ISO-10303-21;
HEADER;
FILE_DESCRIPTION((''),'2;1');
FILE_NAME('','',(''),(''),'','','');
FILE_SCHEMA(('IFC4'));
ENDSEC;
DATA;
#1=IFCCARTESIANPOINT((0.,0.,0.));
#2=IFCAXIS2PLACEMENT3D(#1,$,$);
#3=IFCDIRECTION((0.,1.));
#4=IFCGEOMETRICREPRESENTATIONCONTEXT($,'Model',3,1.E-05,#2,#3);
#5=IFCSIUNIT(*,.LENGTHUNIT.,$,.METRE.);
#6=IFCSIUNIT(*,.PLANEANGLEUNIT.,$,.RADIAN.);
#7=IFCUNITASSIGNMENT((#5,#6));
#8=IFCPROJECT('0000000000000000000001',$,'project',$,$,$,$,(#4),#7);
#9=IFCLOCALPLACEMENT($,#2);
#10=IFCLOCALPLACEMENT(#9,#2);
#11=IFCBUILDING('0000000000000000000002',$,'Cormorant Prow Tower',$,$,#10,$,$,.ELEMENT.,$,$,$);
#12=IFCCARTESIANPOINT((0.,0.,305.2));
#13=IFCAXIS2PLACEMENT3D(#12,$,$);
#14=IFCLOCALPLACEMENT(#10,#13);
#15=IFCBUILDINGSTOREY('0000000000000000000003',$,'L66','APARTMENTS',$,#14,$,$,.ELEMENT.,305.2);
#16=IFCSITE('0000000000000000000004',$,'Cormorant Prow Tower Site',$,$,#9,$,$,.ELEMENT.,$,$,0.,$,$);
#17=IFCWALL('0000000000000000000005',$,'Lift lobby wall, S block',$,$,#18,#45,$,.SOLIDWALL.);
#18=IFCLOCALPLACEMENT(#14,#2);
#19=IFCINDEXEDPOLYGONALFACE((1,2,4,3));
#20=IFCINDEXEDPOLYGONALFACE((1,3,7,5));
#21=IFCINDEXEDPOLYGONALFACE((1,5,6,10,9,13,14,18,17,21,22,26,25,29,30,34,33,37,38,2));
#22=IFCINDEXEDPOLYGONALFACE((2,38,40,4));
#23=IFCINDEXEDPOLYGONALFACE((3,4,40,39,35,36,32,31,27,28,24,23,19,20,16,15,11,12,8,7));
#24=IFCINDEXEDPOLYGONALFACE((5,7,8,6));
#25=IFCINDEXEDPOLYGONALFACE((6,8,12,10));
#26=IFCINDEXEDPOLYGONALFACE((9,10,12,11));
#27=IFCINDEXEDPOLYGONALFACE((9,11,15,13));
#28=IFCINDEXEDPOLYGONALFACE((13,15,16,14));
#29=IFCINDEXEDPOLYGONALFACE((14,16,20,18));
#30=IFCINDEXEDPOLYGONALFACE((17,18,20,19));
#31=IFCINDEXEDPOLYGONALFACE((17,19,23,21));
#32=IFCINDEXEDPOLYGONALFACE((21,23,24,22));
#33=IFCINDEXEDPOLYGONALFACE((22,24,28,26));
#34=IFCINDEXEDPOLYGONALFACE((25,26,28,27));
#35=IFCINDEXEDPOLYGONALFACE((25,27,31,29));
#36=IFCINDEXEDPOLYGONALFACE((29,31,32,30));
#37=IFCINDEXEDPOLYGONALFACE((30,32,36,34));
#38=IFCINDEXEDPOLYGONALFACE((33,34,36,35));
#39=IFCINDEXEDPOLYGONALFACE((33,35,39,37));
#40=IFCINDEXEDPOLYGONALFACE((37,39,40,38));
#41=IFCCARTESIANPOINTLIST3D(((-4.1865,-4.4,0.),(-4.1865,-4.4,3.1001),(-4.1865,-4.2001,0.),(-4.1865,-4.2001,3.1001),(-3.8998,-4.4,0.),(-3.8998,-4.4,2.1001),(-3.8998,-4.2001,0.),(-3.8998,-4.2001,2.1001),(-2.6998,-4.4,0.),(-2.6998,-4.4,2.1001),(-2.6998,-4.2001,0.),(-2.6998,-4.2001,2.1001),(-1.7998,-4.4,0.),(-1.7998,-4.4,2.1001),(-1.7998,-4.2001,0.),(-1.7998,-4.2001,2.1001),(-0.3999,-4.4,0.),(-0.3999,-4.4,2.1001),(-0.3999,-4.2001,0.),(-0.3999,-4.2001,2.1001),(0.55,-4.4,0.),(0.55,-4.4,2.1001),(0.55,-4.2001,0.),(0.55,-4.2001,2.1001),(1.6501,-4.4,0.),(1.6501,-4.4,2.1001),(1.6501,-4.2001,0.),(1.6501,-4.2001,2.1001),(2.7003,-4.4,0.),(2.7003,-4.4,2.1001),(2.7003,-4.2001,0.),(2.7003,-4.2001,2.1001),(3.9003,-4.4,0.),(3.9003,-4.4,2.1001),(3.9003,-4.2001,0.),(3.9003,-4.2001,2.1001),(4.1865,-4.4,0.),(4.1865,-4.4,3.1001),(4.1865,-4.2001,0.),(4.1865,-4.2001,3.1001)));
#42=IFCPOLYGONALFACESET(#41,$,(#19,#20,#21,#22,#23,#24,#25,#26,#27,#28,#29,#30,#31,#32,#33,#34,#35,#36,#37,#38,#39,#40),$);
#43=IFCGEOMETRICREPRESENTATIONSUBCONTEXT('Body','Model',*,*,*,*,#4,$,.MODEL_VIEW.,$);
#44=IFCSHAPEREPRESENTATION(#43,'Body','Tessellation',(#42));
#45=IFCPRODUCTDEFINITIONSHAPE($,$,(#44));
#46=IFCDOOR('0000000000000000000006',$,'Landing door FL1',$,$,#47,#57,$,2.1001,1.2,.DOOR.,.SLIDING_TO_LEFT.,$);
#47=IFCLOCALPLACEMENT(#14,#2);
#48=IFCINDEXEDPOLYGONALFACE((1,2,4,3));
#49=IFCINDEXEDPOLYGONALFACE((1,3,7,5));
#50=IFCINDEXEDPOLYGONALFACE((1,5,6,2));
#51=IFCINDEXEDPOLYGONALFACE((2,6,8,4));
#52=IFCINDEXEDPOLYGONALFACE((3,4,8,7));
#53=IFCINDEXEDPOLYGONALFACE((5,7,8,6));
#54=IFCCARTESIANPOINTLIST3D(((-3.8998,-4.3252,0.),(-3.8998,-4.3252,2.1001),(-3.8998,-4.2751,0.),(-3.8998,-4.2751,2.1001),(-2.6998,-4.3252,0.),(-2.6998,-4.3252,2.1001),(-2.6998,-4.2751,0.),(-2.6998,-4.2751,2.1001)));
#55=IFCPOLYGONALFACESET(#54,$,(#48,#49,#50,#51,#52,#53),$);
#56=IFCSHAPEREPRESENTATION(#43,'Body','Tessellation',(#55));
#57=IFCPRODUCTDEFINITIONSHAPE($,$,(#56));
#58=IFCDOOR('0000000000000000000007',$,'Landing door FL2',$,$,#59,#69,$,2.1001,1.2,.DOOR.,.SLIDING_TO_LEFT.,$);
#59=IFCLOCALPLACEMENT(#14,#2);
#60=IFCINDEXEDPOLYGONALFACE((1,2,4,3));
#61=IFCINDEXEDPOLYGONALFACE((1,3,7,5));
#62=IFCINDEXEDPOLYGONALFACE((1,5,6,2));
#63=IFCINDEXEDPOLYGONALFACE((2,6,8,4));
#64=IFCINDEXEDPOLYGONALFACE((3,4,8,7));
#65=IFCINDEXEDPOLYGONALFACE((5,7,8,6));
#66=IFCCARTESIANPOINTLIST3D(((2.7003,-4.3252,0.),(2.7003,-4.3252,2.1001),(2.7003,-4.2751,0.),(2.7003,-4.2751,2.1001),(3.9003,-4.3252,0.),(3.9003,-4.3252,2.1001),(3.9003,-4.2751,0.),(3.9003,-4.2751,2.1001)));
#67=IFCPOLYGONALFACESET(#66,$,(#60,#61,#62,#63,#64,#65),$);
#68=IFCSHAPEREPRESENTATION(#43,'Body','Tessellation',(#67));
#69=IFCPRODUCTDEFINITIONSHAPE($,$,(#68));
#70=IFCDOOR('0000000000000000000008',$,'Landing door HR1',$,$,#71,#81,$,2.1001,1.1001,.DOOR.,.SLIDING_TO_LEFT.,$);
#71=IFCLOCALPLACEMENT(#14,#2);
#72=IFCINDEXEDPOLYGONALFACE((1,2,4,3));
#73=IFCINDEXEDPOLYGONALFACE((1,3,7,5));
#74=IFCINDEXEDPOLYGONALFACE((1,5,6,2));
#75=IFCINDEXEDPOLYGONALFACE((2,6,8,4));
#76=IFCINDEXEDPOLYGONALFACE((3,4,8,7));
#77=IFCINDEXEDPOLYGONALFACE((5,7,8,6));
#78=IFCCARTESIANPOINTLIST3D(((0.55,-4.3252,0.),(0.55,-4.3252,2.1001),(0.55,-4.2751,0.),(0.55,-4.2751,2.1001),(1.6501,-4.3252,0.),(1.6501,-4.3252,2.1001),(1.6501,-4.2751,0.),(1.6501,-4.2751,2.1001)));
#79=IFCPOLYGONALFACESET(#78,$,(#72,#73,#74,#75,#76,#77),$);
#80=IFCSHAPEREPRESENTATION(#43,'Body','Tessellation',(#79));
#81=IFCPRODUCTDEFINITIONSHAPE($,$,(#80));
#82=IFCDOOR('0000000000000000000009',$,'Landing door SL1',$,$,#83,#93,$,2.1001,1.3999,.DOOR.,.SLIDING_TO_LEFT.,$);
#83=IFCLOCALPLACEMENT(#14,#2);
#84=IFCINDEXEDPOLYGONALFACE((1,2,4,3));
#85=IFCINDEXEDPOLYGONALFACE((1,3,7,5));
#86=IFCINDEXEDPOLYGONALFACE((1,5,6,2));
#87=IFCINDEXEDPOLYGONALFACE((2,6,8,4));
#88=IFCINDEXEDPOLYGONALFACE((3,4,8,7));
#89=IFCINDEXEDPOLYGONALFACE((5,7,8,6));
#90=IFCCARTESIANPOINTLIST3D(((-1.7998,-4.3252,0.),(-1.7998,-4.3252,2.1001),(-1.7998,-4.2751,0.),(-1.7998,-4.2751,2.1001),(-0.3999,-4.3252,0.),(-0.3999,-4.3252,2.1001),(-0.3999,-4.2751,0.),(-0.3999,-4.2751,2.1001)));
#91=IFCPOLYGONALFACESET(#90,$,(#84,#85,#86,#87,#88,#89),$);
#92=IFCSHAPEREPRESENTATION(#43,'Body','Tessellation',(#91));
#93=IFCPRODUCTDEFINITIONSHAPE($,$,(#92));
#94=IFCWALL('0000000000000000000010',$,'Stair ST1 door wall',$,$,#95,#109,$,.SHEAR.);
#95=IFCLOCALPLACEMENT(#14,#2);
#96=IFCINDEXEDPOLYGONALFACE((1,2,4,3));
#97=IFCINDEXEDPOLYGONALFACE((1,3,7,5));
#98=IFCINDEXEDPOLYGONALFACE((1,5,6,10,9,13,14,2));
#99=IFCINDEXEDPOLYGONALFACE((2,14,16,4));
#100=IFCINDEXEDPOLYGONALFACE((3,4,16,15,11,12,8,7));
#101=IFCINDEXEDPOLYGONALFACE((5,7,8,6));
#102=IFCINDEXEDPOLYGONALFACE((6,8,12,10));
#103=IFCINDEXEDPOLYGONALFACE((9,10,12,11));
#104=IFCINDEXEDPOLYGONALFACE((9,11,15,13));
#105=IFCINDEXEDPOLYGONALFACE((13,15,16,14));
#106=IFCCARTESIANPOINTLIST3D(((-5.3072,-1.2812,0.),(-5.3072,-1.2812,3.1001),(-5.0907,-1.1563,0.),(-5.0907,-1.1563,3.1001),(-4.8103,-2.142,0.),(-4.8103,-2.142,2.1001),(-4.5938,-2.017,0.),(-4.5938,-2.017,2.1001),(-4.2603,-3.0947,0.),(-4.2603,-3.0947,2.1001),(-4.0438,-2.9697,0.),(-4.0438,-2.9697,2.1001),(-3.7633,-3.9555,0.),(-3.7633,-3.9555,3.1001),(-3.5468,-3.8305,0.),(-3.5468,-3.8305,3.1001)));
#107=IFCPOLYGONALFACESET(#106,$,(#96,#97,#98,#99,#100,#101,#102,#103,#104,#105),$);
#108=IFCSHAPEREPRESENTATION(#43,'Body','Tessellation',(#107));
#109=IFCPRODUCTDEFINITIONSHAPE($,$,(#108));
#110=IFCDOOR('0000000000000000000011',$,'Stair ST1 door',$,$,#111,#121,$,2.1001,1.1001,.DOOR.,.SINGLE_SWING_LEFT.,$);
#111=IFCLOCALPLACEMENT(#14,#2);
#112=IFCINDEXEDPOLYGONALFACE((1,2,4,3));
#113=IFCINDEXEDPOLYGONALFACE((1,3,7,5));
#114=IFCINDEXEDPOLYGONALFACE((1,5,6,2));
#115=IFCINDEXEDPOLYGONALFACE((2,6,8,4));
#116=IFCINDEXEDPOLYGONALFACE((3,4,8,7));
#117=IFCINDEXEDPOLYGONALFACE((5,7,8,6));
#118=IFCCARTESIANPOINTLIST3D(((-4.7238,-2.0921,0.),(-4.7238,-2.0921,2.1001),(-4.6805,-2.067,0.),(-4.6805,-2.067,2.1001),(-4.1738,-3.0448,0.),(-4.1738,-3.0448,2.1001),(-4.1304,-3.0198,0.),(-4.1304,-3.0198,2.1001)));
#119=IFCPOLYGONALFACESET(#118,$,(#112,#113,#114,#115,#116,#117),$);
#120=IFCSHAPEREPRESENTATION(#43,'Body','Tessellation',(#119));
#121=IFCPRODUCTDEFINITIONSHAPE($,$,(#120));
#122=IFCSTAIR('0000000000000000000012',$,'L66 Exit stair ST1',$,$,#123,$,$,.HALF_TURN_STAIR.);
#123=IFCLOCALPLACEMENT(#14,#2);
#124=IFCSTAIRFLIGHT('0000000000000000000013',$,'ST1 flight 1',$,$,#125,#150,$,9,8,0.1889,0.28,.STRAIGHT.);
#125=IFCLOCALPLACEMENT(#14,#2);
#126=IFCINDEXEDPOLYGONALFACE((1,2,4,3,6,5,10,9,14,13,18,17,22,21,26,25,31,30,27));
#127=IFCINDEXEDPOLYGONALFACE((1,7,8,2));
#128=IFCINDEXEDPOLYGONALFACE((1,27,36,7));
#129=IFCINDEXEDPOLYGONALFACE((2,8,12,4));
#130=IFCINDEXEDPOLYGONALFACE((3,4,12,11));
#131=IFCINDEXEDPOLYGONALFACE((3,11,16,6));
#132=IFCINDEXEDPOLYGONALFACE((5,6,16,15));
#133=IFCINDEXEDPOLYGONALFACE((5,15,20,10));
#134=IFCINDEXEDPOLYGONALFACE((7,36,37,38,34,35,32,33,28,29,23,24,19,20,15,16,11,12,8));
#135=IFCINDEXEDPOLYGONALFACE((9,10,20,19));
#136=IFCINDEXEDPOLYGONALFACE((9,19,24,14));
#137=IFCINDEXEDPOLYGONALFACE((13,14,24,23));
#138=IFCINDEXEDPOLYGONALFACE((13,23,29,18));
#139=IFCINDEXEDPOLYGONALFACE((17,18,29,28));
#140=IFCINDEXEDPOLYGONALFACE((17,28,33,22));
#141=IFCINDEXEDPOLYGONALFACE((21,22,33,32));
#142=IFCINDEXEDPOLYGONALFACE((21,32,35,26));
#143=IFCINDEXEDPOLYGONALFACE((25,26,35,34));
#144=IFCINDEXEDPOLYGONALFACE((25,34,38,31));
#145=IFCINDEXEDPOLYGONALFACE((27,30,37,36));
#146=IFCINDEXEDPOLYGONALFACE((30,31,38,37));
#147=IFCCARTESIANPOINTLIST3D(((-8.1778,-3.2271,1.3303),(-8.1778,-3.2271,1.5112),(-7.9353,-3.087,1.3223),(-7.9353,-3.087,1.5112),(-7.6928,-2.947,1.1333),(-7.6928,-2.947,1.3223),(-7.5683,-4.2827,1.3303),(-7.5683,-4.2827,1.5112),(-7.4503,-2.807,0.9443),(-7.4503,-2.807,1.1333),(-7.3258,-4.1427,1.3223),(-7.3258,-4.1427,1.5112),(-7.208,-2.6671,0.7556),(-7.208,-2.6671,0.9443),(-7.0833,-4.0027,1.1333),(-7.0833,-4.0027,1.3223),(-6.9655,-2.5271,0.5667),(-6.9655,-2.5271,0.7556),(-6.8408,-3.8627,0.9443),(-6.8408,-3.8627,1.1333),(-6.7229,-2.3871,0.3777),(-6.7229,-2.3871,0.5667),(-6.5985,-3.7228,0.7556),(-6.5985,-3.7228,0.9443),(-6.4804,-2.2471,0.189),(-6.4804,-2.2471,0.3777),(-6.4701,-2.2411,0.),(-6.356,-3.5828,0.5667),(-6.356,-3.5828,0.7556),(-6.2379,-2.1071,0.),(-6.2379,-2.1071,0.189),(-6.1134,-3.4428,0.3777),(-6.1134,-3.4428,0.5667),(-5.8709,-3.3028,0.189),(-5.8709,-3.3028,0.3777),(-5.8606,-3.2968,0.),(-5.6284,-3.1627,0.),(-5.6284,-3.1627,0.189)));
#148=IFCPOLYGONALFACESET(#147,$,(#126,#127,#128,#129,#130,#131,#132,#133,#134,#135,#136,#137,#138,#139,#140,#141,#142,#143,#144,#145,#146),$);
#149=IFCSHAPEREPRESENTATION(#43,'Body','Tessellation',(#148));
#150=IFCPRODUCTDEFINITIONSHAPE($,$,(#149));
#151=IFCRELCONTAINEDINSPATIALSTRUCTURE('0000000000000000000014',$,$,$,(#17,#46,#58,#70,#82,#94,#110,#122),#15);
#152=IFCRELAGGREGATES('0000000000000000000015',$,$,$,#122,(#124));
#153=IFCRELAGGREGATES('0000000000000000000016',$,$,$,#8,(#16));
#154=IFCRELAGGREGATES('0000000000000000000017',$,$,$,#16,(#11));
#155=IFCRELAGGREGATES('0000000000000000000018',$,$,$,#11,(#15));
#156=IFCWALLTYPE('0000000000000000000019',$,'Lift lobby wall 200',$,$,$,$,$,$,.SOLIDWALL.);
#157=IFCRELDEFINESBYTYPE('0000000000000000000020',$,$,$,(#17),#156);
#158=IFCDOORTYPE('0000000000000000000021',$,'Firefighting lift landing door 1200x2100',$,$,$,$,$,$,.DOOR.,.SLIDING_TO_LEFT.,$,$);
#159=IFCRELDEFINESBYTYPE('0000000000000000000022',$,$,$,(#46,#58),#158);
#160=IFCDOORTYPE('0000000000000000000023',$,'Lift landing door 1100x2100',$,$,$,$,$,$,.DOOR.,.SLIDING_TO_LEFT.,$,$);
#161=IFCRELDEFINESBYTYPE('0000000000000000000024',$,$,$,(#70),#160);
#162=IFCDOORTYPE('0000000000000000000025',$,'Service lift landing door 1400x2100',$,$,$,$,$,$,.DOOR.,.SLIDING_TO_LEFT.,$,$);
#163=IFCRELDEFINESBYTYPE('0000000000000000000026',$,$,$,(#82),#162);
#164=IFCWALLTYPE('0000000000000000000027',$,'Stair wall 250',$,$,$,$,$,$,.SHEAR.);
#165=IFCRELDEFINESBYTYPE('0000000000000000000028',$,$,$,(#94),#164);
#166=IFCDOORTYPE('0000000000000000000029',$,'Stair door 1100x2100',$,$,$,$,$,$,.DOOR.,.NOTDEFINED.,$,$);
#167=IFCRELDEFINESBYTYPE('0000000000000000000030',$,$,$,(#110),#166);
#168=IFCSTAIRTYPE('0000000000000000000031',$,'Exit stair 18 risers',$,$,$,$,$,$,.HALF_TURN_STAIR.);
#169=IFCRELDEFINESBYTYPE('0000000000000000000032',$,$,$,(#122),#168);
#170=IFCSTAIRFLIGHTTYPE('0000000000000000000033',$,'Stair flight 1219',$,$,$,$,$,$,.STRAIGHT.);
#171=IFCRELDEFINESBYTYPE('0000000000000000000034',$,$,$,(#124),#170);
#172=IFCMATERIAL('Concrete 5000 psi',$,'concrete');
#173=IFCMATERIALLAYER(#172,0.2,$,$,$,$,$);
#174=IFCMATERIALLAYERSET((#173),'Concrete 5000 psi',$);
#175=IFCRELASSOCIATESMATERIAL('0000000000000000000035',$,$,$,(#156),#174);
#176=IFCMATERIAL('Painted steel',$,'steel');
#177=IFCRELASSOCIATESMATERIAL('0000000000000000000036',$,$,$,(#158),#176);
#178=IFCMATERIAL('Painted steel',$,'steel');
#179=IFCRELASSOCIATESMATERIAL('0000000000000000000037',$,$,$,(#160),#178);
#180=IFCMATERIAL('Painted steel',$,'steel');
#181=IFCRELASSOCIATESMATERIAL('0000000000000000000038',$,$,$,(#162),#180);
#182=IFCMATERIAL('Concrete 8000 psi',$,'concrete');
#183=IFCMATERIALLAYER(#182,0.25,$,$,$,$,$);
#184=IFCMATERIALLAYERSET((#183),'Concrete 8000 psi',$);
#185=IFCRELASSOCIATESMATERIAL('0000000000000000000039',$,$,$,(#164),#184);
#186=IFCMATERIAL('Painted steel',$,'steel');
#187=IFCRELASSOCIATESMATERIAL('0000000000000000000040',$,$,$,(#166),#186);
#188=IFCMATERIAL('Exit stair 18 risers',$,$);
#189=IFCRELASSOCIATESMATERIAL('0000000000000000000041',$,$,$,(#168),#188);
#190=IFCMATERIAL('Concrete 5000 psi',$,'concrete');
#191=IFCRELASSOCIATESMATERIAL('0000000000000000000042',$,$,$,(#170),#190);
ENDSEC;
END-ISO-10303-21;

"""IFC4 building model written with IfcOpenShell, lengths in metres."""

from ifc_helpers import new_model, si_unit, direction, frame, frame_2d, origin, place, context, subcontext, project, spatial, polyline, rectangle, outline, extrude, material, layer, layer_set, type_object, element, fill, aggregate, save


model = new_model("IFC4")

# Units and contexts
model_context = context("Model", 3, precision=1e-05, world=origin(), true_north=direction((0.0, 1.0)))
body_context = subcontext(model_context, "Body", "Model", "MODEL_VIEW")
ifc_project = project(units=[si_unit("LENGTHUNIT", "METRE"), si_unit("PLANEANGLEUNIT", "RADIAN")], contexts=[model_context])

# Site, building, storey
site_placement = place(None, origin())
site = spatial("IfcSite", under=ifc_project, at=site_placement, Name="Cormorant Prow Tower Site", CompositionType="ELEMENT", RefElevation=0.0)
building_placement = place(site_placement, origin())
building = spatial("IfcBuilding", under=site, at=building_placement, Name="Cormorant Prow Tower", CompositionType="ELEMENT")
storey_placement = place(building_placement, frame((0.0, 0.0, 305.2)))
storey = spatial("IfcBuildingStorey", under=building, at=storey_placement, Name="L66", Description="APARTMENTS", CompositionType="ELEMENT", Elevation=305.2)

# Wall, openings, doors
ifc_material_1 = material(Name="Concrete 5000 psi", Category="concrete")
ifc_layer_1 = layer(ifc_material_1, 0.2)
ifc_layer_set_1 = layer_set([ifc_layer_1], Name="Concrete 5000 psi")
wall_type_1 = type_object("IfcWallType", Name="Lift lobby wall 200", PredefinedType="SOLIDWALL", material=ifc_layer_set_1)
wall_1_placement = place(storey_placement, frame((-4.1865, -4.3, 0.0), z_axis=(0.0, 0.0, 1.0), x_axis=(1.0, 0.0, 0.0)))
wall_1 = element("IfcWall", 1, at=wall_1_placement, inside=storey, type_object=wall_type_1, Name="Lift lobby wall, S block", PredefinedType="SOLIDWALL", context=body_context, shape_type="SweptSolid", body=[
    extrude(rectangle(XDim=8.373, YDim=0.2, at=frame_2d((4.1865, 0.0))), origin(), (0.0, 0.0, 1.0), 3.1001),
])
opening_1_placement = place(wall_1_placement, frame((0.2866, 0.0, 0.0)))
opening_1 = element("IfcOpeningElement", 2, at=opening_1_placement, cuts=wall_1, PredefinedType="OPENING", context=body_context, shape_type="SweptSolid", body=[
    extrude(rectangle(XDim=1.2, YDim=2.1001, at=frame_2d((0.6001, 1.05))), frame((0.0, 0.1099, 0.0), z_axis=(0.0, -1.0, 0.0), x_axis=(1.0, 0.0, 0.0)), (0.0, 0.0, 1.0), 0.22),
])
opening_2_placement = place(wall_1_placement, frame((2.3867, 0.0, 0.0)))
opening_2 = element("IfcOpeningElement", 3, at=opening_2_placement, cuts=wall_1, PredefinedType="OPENING", context=body_context, shape_type="SweptSolid", body=[
    extrude(rectangle(XDim=1.3999, YDim=2.1001, at=frame_2d((0.7, 1.05))), frame((0.0, 0.1099, 0.0), z_axis=(0.0, -1.0, 0.0), x_axis=(1.0, 0.0, 0.0)), (0.0, 0.0, 1.0), 0.22),
])
opening_3_placement = place(wall_1_placement, frame((4.7366, 0.0, 0.0)))
opening_3 = element("IfcOpeningElement", 4, at=opening_3_placement, cuts=wall_1, PredefinedType="OPENING", context=body_context, shape_type="SweptSolid", body=[
    extrude(rectangle(XDim=1.1001, YDim=2.1001, at=frame_2d((0.55, 1.05))), frame((0.0, 0.1099, 0.0), z_axis=(0.0, -1.0, 0.0), x_axis=(1.0, 0.0, 0.0)), (0.0, 0.0, 1.0), 0.22),
])
opening_4_placement = place(wall_1_placement, frame((6.8867, 0.0, 0.0)))
opening_4 = element("IfcOpeningElement", 5, at=opening_4_placement, cuts=wall_1, PredefinedType="OPENING", context=body_context, shape_type="SweptSolid", body=[
    extrude(rectangle(XDim=1.2, YDim=2.1001, at=frame_2d((0.6001, 1.05))), frame((0.0, 0.1099, 0.0), z_axis=(0.0, -1.0, 0.0), x_axis=(1.0, 0.0, 0.0)), (0.0, 0.0, 1.0), 0.22),
])
ifc_material_2 = material(Name="Painted steel", Category="steel")
door_type_1 = type_object("IfcDoorType", Name="Firefighting lift landing door 1200x2100", OperationType="SLIDING_TO_LEFT", PredefinedType="DOOR", material=ifc_material_2)
door_1_placement = place(opening_1_placement, origin())
door_1 = element("IfcDoor", 6, at=door_1_placement, inside=storey, type_object=door_type_1, Name="Landing door FL1", OperationType="SLIDING_TO_LEFT", OverallHeight=2.1001, OverallWidth=1.2, PredefinedType="DOOR", context=body_context, shape_type="SweptSolid", body=[
    extrude(rectangle(XDim=1.2, YDim=2.1001, at=frame_2d((0.6001, 1.05))), frame((0.0, 0.0249, 0.0), z_axis=(0.0, -1.0, 0.0), x_axis=(1.0, 0.0, 0.0)), (0.0, 0.0, 1.0), 0.05),
])
fill(opening_1, door_1)
door_2_placement = place(opening_4_placement, origin())
door_2 = element("IfcDoor", 7, at=door_2_placement, inside=storey, type_object=door_type_1, Name="Landing door FL2", OperationType="SLIDING_TO_LEFT", OverallHeight=2.1001, OverallWidth=1.2, PredefinedType="DOOR", context=body_context, shape_type="SweptSolid", body=[
    extrude(rectangle(XDim=1.2, YDim=2.1001, at=frame_2d((0.6001, 1.05))), frame((0.0, 0.0249, 0.0), z_axis=(0.0, -1.0, 0.0), x_axis=(1.0, 0.0, 0.0)), (0.0, 0.0, 1.0), 0.05),
])
fill(opening_4, door_2)
ifc_material_3 = material(Name="Painted steel", Category="steel")
door_type_2 = type_object("IfcDoorType", Name="Lift landing door 1100x2100", OperationType="SLIDING_TO_LEFT", PredefinedType="DOOR", material=ifc_material_3)
door_3_placement = place(opening_3_placement, origin())
door_3 = element("IfcDoor", 8, at=door_3_placement, inside=storey, type_object=door_type_2, Name="Landing door HR1", OperationType="SLIDING_TO_LEFT", OverallHeight=2.1001, OverallWidth=1.1001, PredefinedType="DOOR", context=body_context, shape_type="SweptSolid", body=[
    extrude(rectangle(XDim=1.1001, YDim=2.1001, at=frame_2d((0.55, 1.05))), frame((0.0, 0.0249, 0.0), z_axis=(0.0, -1.0, 0.0), x_axis=(1.0, 0.0, 0.0)), (0.0, 0.0, 1.0), 0.05),
])
fill(opening_3, door_3)
ifc_material_4 = material(Name="Painted steel", Category="steel")
door_type_3 = type_object("IfcDoorType", Name="Service lift landing door 1400x2100", OperationType="SLIDING_TO_LEFT", PredefinedType="DOOR", material=ifc_material_4)
door_4_placement = place(opening_2_placement, origin())
door_4 = element("IfcDoor", 9, at=door_4_placement, inside=storey, type_object=door_type_3, Name="Landing door SL1", OperationType="SLIDING_TO_LEFT", OverallHeight=2.1001, OverallWidth=1.3999, PredefinedType="DOOR", context=body_context, shape_type="SweptSolid", body=[
    extrude(rectangle(XDim=1.3999, YDim=2.1001, at=frame_2d((0.7, 1.05))), frame((0.0, 0.0249, 0.0), z_axis=(0.0, -1.0, 0.0), x_axis=(1.0, 0.0, 0.0)), (0.0, 0.0, 1.0), 0.05),
])
fill(opening_2, door_4)

# Wall, opening, door
ifc_material_5 = material(Name="Concrete 8000 psi", Category="concrete")
ifc_layer_2 = layer(ifc_material_5, 0.25)
ifc_layer_set_2 = layer_set([ifc_layer_2], Name="Concrete 8000 psi")
wall_type_2 = type_object("IfcWallType", Name="Stair wall 250", PredefinedType="SHEAR", material=ifc_layer_set_2)
wall_2_placement = place(storey_placement, frame((-5.199, -1.2188, 0.0), z_axis=(0.0, 0.0, 1.0), x_axis=(0.499983, -0.866035, 0.0)))
wall_2 = element("IfcWall", 10, at=wall_2_placement, inside=storey, type_object=wall_type_2, Name="Stair ST1 door wall", PredefinedType="SHEAR", context=body_context, shape_type="SweptSolid", body=[
    extrude(rectangle(XDim=3.0879, YDim=0.25, at=frame_2d((1.5439, 0.0))), origin(), (0.0, 0.0, 1.0), 3.1001),
])
opening_5_placement = place(wall_2_placement, frame((0.9939, 0.0, 0.0)))
opening_5 = element("IfcOpeningElement", 11, at=opening_5_placement, cuts=wall_2, PredefinedType="OPENING", context=body_context, shape_type="SweptSolid", body=[
    extrude(rectangle(XDim=1.1001, YDim=2.1001, at=frame_2d((0.55, 1.05))), frame((0.0, 0.135, 0.0), z_axis=(0.0, -1.0, 0.0), x_axis=(1.0, 0.0, 0.0)), (0.0, 0.0, 1.0), 0.27),
])
ifc_material_6 = material(Name="Painted steel", Category="steel")
door_type_4 = type_object("IfcDoorType", Name="Stair door 1100x2100", OperationType="NOTDEFINED", PredefinedType="DOOR", material=ifc_material_6)
door_5_placement = place(opening_5_placement, origin())
door_5 = element("IfcDoor", 12, at=door_5_placement, inside=storey, type_object=door_type_4, Name="Stair ST1 door", OperationType="SINGLE_SWING_LEFT", OverallHeight=2.1001, OverallWidth=1.1001, PredefinedType="DOOR", context=body_context, shape_type="SweptSolid", body=[
    extrude(rectangle(XDim=1.1001, YDim=2.1001, at=frame_2d((0.55, 1.05))), frame((0.0, 0.0249, 0.0), z_axis=(0.0, -1.0, 0.0), x_axis=(1.0, 0.0, 0.0)), (0.0, 0.0, 1.0), 0.05),
])
fill(opening_5, door_5)

# Stair, stair flight
ifc_material_7 = material(Name="Exit stair 18 risers")
stair_type = type_object("IfcStairType", Name="Exit stair 18 risers", PredefinedType="HALF_TURN_STAIR", material=ifc_material_7)
stair_placement = place(storey_placement, origin())
stair = element("IfcStair", 13, at=stair_placement, inside=storey, type_object=stair_type, Name="L66 Exit stair ST1", PredefinedType="HALF_TURN_STAIR")
ifc_material_8 = material(Name="Concrete 5000 psi", Category="concrete")
stair_flight_type = type_object("IfcStairFlightType", Name="Stair flight 1219", PredefinedType="STRAIGHT", material=ifc_material_8)
stair_flight_1_placement = place(storey_placement, frame((-5.9331, -2.635, 0.0), z_axis=(0.0, 0.0, 1.0), x_axis=(-0.866025, -0.5, 0.0)))
stair_flight_1 = element("IfcStairFlight", 14, at=stair_flight_1_placement, type_object=stair_flight_type, Name="ST1 flight 1", NumberOfRisers=9, NumberOfTreads=8, PredefinedType="STRAIGHT", RiserHeight=0.1889, TreadLength=0.28, context=body_context, shape_type="SweptSolid", body=[
    extrude(outline(polyline([(0.0, 0.0), (0.0, 0.189), (0.28, 0.189), (0.28, 0.3777), (0.5601, 0.3777), (0.5601, 0.5667), (0.8401, 0.5667), (0.8401, 0.7556), (1.1201, 0.7556), (1.1201, 0.9443), (1.3999, 0.9443), (1.3999, 1.1333), (1.6799, 1.1333), (1.6799, 1.3223), (1.96, 1.3223), (1.96, 1.5112), (2.24, 1.5112), (2.24, 1.7), (2.24, 1.3303), (0.2681, 0.0), (0.0, 0.0)])), frame((0.0, 0.6094, 0.0), z_axis=(0.0, -1.0, 0.0), x_axis=(1.0, 0.0, 0.0)), (0.0, 0.0, 1.0), 1.219),
])
aggregate(stair, [stair_flight_1])

save(model, "model.ifc")
